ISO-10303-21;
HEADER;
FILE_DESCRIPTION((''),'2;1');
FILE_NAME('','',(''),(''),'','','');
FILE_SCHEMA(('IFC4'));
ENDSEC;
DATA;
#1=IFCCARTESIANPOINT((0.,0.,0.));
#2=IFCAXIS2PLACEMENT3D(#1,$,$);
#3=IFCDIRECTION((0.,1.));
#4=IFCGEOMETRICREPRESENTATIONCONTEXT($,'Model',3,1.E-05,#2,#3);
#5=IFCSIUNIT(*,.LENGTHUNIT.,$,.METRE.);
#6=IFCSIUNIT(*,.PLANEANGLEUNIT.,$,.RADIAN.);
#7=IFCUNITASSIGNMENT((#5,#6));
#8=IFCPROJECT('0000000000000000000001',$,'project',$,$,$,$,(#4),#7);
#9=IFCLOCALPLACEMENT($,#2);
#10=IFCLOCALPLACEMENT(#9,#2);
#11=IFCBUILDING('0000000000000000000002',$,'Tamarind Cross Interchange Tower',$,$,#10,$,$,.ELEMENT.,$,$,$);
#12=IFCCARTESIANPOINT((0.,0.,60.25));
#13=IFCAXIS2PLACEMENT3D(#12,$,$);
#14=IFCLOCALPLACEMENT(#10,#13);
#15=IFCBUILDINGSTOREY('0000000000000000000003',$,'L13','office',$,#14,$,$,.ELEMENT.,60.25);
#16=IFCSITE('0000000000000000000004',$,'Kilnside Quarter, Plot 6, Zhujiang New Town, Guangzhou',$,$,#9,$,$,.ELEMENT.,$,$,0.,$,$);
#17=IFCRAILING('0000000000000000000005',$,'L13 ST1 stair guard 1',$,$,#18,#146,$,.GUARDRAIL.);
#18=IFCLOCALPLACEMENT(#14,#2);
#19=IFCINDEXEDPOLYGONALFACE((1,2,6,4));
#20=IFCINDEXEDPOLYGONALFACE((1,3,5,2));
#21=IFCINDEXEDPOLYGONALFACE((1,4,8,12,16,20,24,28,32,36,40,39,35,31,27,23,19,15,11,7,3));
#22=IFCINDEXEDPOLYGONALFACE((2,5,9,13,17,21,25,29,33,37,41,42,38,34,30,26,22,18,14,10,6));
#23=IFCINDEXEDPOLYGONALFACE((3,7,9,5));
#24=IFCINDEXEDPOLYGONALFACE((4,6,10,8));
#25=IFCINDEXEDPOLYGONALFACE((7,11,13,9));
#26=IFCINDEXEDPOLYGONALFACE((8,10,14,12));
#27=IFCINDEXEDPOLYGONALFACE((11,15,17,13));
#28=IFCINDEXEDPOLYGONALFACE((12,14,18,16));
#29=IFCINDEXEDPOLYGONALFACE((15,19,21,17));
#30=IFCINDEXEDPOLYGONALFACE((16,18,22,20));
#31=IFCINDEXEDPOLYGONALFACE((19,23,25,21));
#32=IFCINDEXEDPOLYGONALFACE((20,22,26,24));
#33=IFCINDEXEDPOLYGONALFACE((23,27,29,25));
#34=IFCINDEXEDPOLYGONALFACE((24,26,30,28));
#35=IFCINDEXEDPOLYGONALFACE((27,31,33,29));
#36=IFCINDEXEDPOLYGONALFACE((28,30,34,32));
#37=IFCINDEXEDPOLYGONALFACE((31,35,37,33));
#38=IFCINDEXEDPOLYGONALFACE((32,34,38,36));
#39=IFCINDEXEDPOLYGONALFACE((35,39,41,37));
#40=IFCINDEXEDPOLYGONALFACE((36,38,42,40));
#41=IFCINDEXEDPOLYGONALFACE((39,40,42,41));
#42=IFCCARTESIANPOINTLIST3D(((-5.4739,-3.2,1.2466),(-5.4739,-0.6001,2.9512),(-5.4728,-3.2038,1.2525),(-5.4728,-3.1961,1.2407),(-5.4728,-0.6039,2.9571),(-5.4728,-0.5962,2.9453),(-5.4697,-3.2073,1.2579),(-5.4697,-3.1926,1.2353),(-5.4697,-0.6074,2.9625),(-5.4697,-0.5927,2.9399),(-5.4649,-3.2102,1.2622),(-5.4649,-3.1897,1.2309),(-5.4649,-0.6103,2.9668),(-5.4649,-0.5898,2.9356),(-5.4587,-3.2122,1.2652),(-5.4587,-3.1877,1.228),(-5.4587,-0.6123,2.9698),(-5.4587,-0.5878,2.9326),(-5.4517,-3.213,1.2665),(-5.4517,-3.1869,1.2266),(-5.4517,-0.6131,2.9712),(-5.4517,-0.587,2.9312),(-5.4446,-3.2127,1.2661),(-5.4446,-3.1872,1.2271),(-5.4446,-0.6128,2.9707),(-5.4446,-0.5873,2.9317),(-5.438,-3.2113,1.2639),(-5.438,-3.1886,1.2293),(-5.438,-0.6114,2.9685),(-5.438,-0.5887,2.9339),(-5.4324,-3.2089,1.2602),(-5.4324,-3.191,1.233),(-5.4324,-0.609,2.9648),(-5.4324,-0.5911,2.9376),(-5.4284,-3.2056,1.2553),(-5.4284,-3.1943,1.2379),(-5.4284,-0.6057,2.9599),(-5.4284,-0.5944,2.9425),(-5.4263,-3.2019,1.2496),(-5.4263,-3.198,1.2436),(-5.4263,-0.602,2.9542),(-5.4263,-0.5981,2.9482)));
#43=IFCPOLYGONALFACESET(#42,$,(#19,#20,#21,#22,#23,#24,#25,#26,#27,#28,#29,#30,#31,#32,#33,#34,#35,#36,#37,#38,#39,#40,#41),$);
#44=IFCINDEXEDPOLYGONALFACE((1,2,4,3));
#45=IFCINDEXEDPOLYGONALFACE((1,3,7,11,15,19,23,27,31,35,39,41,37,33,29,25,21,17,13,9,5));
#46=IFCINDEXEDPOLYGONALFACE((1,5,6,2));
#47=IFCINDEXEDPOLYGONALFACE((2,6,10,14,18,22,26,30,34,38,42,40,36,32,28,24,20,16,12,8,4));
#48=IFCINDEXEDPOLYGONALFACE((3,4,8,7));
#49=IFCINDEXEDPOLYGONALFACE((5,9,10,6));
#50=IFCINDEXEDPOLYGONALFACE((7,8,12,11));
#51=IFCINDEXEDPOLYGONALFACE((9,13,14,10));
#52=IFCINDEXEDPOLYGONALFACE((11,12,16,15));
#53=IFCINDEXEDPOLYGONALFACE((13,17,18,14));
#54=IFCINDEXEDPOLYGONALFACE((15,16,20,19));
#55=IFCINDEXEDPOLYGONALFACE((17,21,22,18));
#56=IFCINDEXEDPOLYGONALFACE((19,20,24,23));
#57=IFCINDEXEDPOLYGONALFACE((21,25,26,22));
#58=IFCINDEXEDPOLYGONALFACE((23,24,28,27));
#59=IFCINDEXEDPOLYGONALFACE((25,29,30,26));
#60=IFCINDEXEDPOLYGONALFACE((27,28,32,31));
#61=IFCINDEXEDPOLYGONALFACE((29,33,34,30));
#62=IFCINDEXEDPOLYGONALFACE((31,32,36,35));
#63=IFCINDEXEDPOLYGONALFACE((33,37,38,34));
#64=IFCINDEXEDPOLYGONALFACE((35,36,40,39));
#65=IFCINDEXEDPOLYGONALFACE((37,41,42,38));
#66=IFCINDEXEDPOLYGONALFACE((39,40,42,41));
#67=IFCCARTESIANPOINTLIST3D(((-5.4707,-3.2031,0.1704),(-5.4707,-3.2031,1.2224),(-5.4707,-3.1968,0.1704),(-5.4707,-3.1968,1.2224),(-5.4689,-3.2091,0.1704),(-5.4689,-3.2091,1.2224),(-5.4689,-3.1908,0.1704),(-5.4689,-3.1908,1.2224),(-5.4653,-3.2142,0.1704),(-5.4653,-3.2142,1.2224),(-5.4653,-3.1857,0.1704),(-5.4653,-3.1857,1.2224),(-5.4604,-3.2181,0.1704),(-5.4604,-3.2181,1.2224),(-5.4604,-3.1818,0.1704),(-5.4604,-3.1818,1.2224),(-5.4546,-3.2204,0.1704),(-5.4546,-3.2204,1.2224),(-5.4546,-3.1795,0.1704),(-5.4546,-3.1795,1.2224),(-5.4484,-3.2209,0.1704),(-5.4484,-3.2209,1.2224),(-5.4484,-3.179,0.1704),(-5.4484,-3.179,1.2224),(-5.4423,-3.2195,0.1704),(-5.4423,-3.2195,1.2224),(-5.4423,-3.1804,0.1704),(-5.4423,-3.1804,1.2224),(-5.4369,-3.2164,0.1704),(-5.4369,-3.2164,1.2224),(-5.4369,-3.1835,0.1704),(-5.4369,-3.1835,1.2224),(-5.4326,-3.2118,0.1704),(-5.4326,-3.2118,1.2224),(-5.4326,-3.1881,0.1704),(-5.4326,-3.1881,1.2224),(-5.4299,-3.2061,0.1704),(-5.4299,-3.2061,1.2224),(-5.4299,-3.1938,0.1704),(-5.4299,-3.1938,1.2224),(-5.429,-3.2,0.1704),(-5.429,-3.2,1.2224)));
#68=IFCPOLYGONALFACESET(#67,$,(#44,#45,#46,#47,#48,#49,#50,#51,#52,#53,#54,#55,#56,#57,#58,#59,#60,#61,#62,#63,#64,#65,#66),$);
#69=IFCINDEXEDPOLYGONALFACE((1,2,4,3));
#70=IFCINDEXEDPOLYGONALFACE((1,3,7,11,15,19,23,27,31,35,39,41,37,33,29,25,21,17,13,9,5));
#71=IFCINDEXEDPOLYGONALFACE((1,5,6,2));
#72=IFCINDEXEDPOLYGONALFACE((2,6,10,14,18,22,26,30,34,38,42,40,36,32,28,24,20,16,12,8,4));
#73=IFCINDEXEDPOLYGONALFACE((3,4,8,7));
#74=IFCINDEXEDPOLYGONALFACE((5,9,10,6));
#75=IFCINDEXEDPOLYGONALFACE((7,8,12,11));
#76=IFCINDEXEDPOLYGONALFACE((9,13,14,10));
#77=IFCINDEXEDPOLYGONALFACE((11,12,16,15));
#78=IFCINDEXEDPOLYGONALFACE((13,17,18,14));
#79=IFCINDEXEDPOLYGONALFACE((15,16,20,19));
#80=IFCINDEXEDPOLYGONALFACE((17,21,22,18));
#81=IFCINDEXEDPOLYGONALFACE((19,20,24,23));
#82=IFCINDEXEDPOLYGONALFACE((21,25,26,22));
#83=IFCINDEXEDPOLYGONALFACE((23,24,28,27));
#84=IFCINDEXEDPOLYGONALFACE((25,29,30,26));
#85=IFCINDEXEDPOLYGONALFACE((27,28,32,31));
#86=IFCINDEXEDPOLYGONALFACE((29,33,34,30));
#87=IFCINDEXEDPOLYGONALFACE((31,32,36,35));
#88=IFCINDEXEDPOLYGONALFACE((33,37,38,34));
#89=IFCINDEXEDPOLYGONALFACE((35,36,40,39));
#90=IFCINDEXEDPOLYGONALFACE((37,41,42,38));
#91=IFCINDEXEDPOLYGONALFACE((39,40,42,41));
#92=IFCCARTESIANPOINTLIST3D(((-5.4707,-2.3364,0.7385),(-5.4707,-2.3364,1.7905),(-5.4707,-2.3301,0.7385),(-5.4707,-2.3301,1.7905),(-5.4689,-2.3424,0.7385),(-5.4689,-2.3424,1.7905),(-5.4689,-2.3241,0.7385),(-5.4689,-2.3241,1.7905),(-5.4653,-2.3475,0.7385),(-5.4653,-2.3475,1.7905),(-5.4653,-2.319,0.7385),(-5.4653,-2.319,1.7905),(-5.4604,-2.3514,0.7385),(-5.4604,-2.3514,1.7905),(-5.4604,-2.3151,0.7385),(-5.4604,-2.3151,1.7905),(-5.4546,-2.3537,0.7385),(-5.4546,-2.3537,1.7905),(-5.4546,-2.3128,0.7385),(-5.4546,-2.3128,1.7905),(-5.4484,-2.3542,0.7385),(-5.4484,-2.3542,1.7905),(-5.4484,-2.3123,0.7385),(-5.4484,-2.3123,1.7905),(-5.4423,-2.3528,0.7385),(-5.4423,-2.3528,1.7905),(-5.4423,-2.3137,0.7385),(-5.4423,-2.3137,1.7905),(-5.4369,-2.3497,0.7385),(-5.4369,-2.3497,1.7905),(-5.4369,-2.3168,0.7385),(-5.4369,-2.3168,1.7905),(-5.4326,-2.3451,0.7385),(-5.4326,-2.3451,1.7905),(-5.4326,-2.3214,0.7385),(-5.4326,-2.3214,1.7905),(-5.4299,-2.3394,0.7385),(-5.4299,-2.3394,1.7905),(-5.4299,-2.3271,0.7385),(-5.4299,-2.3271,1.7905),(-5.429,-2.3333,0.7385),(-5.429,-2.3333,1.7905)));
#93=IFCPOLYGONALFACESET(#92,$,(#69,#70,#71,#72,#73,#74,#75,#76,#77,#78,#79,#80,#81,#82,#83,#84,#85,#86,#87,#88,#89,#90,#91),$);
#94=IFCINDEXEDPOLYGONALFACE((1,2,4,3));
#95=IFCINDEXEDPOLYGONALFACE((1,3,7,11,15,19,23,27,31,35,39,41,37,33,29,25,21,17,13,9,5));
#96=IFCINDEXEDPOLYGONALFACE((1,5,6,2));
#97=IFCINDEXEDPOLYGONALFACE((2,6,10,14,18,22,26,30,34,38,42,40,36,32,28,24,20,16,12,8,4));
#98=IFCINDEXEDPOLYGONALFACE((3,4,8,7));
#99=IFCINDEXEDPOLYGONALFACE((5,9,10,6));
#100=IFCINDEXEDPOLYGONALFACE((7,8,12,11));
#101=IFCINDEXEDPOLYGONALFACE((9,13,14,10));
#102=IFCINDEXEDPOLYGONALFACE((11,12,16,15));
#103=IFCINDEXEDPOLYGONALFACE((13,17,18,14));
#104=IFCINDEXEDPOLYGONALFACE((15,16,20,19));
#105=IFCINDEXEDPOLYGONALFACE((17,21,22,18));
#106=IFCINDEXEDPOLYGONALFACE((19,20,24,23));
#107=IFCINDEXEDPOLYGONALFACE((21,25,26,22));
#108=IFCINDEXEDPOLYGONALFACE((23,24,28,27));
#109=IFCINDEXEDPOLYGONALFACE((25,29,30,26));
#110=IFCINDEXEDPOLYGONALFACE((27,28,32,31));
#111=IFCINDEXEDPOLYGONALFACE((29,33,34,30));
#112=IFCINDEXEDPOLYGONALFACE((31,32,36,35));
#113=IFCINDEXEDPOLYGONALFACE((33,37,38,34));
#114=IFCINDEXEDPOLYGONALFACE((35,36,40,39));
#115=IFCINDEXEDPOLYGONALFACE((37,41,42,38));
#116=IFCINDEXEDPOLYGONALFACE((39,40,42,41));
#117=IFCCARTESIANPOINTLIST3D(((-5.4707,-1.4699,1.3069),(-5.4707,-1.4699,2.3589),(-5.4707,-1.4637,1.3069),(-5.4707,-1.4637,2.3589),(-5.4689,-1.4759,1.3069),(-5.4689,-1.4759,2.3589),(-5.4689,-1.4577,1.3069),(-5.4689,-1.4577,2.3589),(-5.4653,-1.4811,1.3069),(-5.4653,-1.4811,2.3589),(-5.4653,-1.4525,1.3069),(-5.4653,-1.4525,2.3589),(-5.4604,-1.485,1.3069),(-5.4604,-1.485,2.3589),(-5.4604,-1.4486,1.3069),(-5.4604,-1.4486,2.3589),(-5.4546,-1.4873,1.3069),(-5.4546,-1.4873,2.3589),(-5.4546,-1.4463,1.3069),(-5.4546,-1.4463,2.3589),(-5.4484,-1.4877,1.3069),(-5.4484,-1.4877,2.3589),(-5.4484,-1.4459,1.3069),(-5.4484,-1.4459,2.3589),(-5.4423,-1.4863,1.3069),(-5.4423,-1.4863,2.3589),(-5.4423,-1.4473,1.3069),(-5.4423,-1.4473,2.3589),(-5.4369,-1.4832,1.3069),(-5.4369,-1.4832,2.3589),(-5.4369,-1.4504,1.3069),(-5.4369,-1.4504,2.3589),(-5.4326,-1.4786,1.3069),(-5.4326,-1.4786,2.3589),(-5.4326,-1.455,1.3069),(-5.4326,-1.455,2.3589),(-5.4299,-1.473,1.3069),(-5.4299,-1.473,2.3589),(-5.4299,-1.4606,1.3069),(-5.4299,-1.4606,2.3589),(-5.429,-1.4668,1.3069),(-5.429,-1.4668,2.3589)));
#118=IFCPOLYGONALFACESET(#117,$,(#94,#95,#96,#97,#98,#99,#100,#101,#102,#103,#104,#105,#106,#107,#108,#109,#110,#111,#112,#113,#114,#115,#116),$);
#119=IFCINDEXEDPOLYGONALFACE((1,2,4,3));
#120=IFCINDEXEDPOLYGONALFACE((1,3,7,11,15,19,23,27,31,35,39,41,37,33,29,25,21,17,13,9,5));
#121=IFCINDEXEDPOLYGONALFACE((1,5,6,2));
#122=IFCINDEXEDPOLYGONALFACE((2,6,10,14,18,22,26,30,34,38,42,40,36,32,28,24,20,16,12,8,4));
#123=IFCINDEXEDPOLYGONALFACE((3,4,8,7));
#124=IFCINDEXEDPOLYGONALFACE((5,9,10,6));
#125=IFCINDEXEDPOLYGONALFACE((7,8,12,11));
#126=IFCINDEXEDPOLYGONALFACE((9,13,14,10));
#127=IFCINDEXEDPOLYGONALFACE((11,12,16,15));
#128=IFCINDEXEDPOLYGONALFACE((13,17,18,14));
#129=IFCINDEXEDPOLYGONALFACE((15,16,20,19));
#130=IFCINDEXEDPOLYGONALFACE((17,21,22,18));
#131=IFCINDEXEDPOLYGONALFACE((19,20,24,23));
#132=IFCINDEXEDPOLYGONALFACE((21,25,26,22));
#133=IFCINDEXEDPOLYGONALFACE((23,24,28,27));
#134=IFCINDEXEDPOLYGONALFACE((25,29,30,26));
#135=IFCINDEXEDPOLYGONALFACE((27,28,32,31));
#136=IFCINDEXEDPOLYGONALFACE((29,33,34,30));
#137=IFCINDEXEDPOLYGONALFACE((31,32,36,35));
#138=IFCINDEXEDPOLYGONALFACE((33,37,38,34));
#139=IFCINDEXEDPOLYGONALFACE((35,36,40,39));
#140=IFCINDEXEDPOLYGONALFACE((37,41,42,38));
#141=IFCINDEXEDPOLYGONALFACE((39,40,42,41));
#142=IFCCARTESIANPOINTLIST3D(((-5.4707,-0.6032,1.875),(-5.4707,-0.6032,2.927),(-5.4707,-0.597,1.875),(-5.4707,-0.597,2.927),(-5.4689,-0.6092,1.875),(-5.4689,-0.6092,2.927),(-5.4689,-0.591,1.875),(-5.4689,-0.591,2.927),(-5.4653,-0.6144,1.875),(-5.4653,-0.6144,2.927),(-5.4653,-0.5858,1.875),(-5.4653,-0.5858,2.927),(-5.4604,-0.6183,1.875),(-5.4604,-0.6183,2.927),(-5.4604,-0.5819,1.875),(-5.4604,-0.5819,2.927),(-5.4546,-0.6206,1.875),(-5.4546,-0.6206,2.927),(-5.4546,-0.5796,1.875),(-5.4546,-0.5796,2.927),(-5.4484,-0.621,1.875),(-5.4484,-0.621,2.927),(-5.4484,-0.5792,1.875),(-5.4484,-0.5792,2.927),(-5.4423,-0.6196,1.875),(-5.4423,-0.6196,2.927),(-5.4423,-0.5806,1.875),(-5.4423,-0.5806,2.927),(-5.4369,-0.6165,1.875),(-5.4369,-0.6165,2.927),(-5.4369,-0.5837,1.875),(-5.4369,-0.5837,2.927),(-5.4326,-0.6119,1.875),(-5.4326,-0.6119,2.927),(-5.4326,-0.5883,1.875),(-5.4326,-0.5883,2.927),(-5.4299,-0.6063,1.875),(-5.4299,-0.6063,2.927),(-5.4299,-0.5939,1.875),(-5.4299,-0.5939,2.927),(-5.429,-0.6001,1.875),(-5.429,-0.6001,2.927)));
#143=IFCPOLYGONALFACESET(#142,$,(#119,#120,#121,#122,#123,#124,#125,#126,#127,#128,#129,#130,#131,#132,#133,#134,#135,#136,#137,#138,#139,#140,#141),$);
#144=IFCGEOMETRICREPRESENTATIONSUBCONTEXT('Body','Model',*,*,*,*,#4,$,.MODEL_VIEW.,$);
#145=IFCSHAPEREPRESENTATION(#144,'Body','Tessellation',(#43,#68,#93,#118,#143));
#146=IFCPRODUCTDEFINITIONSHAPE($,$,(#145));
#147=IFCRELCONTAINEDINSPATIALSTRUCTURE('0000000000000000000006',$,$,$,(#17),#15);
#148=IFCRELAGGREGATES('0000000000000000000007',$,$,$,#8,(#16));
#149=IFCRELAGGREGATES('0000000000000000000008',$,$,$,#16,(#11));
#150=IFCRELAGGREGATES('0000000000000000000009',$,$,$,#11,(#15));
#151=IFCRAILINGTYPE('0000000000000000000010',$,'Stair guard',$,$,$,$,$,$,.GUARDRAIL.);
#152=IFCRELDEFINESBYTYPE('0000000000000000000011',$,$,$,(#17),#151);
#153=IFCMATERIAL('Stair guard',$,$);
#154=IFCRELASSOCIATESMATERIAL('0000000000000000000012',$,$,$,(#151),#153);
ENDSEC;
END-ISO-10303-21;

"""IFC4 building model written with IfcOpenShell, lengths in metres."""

from ifc_helpers import new_model, si_unit, direction, frame, origin, origin_2d, place, context, subcontext, project, spatial, circle, extrude, material, type_object, element, save


model = new_model("IFC4")

# Units and contexts
model_context = context("Model", 3, precision=1e-05, world=origin(), true_north=direction((0.0, 1.0)))
body_context = subcontext(model_context, "Body", "Model", "MODEL_VIEW")
ifc_project = project(units=[si_unit("LENGTHUNIT", "METRE"), si_unit("PLANEANGLEUNIT", "RADIAN")], contexts=[model_context])

# Site, building, storey
site_placement = place(None, origin())
site = spatial("IfcSite", under=ifc_project, at=site_placement, Name="Kilnside Quarter, Plot 6, Zhujiang New Town, Guangzhou", CompositionType="ELEMENT", RefElevation=0.0)
building_placement = place(site_placement, origin())
building = spatial("IfcBuilding", under=site, at=building_placement, Name="Tamarind Cross Interchange Tower", CompositionType="ELEMENT")
storey_placement = place(building_placement, frame((0.0, 0.0, 60.25)))
storey = spatial("IfcBuildingStorey", under=building, at=storey_placement, Name="L13", Description="office", CompositionType="ELEMENT", Elevation=60.25)

# Railing
ifc_material_1 = material(Name="Stair guard")
railing_type_1 = type_object("IfcRailingType", Name="Stair guard", PredefinedType="GUARDRAIL", material=ifc_material_1)
railing_1_placement = place(storey_placement, frame((-5.45, -3.2, 0.1704)))
element("IfcRailing", 1, at=railing_1_placement, inside=storey, type_object=railing_type_1, Name="L13 ST1 stair guard 1", PredefinedType="GUARDRAIL", context=body_context, shape_type="SweptSolid", body=[
    extrude(circle(Radius=0.0239, at=origin_2d()), frame((0.0, 0.0, 1.0762), z_axis=(0.0, 0.836279, 0.548305), x_axis=(-1.0, 0.0, 0.0)), (0.0, 0.0, 1.0), 3.1089),
    extrude(circle(Radius=0.021, at=origin_2d()), origin(), (0.0, 0.0, 1.0), 1.052),
    extrude(circle(Radius=0.021, at=origin_2d()), frame((0.0, 0.8667, 0.5681)), (0.0, 0.0, 1.0), 1.052),
    extrude(circle(Radius=0.021, at=origin_2d()), frame((0.0, 1.7332, 1.1365)), (0.0, 0.0, 1.0), 1.052),
    extrude(circle(Radius=0.021, at=origin_2d()), frame((0.0, 2.5999, 1.7046)), (0.0, 0.0, 1.0), 1.052),
])

save(model, "model.ifc")
